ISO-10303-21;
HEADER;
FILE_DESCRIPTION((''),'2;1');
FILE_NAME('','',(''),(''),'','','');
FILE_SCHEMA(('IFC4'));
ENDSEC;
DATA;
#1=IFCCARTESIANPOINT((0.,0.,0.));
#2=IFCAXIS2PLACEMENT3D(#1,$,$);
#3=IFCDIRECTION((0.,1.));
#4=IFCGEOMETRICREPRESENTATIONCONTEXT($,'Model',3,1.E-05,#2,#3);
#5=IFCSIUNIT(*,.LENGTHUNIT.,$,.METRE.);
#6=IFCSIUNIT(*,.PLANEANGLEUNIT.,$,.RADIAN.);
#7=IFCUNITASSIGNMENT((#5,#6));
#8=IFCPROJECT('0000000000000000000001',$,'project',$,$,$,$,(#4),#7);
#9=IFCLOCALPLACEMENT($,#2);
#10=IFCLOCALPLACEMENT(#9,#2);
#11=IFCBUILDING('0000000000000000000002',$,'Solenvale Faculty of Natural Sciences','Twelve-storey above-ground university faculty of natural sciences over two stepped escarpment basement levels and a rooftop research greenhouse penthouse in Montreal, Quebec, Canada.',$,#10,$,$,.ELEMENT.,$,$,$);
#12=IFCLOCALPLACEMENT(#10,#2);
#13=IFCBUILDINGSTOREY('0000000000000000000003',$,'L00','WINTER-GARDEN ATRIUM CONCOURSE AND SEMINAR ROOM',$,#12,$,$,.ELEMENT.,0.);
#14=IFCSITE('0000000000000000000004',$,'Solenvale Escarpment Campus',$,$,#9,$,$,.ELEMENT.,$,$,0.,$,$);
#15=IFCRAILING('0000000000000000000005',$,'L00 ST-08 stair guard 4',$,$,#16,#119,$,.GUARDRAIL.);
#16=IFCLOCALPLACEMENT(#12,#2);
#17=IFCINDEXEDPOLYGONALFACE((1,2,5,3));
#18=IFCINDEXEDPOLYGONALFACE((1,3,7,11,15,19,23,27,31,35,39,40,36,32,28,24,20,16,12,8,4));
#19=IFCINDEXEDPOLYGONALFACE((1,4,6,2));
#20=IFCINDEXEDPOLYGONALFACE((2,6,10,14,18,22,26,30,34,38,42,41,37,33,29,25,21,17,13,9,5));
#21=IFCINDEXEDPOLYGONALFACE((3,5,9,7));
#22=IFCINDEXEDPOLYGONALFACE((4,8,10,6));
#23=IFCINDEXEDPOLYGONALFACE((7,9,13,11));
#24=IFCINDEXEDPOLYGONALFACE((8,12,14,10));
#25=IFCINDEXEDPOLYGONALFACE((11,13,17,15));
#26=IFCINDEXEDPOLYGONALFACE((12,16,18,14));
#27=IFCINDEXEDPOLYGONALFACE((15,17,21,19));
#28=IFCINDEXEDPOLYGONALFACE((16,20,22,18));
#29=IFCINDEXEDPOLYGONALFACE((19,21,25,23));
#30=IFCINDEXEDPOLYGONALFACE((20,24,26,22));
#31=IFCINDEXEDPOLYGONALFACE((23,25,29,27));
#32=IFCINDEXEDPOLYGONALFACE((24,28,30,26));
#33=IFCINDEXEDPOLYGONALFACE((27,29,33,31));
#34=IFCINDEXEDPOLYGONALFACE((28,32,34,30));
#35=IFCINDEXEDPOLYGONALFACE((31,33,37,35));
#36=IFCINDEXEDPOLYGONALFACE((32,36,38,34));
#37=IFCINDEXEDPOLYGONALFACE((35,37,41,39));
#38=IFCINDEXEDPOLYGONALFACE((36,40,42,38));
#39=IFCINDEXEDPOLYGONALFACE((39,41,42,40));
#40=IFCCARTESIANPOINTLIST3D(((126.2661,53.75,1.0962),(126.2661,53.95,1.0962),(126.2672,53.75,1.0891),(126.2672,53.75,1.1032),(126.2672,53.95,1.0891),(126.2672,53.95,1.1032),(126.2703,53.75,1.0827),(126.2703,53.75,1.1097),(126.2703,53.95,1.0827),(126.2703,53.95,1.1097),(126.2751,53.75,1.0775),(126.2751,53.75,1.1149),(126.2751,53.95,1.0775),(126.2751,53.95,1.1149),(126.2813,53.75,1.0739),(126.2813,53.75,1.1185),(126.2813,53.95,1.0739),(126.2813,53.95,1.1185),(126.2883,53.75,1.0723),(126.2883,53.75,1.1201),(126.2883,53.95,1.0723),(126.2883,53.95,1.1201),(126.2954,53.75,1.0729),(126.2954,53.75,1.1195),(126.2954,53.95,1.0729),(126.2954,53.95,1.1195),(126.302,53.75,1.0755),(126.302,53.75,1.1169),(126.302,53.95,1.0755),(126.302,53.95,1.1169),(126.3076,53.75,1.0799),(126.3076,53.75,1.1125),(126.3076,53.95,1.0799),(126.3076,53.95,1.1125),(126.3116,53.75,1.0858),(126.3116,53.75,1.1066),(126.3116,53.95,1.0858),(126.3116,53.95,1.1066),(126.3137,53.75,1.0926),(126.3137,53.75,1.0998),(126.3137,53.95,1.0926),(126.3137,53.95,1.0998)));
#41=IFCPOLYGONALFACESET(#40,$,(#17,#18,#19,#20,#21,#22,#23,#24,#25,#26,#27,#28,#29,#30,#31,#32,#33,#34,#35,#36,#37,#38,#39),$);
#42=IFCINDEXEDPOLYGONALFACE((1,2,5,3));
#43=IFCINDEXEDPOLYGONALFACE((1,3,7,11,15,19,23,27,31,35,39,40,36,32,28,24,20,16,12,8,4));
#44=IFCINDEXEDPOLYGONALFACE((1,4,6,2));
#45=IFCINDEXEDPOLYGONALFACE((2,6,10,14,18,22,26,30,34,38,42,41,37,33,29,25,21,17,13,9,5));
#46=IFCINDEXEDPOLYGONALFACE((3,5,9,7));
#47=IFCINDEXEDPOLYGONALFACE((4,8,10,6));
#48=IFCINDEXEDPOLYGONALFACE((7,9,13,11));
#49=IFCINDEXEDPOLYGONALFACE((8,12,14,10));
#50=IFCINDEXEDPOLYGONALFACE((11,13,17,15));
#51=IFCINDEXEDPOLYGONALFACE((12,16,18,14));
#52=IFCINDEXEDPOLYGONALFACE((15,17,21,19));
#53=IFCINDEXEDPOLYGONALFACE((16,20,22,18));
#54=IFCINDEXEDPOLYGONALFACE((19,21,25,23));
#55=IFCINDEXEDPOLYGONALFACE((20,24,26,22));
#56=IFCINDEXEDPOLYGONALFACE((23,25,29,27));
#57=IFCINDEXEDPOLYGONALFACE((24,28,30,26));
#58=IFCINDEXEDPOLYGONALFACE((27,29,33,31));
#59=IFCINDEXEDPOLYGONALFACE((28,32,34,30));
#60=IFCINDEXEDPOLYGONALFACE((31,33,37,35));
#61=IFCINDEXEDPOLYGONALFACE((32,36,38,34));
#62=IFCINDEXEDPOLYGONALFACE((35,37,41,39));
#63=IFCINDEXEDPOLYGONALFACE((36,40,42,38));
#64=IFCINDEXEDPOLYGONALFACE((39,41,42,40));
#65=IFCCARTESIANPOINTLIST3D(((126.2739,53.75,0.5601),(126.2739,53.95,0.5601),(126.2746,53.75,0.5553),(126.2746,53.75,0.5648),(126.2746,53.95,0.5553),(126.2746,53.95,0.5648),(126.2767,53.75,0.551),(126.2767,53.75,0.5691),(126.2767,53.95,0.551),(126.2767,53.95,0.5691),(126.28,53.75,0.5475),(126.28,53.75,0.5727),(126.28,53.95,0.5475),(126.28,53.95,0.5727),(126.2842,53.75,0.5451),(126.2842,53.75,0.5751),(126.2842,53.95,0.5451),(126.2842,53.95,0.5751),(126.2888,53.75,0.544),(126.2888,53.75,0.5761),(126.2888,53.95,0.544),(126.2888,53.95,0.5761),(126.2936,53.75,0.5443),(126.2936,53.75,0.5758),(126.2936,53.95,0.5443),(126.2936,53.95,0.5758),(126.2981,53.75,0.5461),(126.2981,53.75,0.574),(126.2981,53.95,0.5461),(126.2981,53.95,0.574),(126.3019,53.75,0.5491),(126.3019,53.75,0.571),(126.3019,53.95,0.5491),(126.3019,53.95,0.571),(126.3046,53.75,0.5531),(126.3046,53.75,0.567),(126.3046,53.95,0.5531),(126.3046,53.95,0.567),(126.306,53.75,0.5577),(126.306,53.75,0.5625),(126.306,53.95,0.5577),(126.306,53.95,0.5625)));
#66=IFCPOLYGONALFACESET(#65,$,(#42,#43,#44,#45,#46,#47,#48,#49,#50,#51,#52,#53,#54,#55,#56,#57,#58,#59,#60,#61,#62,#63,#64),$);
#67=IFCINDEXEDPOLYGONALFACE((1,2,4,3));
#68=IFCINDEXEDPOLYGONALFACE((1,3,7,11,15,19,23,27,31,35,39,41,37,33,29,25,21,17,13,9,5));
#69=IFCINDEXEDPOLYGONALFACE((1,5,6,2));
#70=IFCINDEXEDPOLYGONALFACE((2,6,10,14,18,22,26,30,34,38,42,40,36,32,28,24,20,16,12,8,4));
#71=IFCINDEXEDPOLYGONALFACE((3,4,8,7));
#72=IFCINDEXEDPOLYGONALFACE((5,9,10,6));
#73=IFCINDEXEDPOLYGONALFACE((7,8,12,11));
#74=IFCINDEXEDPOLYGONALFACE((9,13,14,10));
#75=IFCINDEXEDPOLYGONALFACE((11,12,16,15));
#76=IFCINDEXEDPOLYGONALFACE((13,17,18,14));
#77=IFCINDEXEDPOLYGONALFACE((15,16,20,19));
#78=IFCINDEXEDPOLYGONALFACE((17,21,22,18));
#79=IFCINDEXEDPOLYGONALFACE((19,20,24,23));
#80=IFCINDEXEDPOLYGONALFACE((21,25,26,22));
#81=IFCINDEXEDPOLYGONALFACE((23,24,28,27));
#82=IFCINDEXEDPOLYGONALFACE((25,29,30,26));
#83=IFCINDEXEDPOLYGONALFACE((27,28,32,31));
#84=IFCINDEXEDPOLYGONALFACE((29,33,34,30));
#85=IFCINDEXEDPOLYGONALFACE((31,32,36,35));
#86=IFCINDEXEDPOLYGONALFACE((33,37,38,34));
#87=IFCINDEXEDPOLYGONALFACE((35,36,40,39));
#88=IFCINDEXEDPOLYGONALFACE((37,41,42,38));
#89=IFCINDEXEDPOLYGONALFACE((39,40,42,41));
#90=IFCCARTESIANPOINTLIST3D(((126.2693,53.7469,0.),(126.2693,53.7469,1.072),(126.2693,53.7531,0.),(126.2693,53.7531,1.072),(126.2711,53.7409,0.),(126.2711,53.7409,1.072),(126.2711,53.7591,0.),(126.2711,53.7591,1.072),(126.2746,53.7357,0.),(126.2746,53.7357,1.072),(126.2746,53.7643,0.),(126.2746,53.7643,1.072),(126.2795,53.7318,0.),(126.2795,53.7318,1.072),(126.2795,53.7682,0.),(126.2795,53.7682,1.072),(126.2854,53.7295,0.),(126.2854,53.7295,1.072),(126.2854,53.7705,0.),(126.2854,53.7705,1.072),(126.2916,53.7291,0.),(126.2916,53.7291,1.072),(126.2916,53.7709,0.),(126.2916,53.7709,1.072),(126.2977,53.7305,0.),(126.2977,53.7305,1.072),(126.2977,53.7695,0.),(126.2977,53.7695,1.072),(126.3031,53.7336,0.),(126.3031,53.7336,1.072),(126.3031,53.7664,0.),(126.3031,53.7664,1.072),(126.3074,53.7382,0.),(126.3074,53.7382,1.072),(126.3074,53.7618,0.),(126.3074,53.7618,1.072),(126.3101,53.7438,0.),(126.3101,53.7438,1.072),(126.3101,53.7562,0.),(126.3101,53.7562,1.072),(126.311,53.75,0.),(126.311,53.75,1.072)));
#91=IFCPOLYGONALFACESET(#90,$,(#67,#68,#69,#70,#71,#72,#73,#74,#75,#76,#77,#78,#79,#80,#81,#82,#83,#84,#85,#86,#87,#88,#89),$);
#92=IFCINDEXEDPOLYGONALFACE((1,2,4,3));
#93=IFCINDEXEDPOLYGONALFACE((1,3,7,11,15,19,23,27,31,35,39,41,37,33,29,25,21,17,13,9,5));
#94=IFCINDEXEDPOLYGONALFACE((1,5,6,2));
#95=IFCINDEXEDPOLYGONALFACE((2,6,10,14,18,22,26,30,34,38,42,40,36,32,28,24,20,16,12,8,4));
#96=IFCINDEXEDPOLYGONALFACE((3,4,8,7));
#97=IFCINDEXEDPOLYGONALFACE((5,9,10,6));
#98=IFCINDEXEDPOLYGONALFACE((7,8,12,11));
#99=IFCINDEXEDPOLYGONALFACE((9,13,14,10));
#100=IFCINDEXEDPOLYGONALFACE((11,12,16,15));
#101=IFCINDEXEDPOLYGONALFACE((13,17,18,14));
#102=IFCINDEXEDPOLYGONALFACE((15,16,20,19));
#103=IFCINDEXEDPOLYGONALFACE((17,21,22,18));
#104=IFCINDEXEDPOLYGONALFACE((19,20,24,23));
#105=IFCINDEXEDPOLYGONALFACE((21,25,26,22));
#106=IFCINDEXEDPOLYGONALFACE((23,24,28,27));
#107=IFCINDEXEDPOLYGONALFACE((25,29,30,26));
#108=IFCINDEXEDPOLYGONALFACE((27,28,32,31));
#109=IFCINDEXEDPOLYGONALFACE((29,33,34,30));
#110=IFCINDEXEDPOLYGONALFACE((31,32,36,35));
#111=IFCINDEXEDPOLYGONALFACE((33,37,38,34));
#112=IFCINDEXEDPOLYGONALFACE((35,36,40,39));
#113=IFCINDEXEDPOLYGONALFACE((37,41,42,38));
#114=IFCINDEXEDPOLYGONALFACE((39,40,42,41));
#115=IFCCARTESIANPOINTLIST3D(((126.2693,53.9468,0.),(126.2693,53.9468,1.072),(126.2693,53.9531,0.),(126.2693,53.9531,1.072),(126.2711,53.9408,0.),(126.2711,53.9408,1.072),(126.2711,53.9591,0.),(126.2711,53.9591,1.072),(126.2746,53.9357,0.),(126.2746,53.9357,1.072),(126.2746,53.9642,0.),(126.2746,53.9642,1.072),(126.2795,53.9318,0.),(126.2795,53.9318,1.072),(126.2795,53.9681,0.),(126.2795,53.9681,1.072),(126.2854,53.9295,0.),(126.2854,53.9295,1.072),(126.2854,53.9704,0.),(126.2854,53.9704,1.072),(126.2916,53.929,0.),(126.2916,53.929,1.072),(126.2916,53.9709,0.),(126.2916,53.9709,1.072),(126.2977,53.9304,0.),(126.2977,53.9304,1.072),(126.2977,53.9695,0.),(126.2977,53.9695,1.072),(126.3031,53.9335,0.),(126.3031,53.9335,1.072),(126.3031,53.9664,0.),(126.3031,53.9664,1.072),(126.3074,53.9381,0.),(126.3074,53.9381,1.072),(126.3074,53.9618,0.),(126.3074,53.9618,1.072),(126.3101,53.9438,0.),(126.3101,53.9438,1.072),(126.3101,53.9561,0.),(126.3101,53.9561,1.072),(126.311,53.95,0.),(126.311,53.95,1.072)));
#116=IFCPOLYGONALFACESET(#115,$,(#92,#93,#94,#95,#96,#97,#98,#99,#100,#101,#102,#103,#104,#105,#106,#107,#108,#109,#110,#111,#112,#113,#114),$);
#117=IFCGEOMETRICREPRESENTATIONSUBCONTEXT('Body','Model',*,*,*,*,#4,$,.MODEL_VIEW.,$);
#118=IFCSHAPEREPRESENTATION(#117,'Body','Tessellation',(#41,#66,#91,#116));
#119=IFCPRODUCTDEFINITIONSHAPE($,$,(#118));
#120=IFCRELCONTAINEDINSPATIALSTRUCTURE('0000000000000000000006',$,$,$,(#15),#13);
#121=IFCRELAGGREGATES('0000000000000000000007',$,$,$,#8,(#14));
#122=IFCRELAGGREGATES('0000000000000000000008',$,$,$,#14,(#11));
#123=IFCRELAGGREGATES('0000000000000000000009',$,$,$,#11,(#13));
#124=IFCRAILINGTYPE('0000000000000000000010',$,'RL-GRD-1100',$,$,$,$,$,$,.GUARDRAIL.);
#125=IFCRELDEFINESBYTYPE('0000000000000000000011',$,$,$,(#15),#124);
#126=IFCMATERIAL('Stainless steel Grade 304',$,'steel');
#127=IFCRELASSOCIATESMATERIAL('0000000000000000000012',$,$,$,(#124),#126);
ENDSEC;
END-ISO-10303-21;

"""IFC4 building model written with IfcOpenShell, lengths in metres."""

from ifc_helpers import new_model, si_unit, direction, frame, origin, origin_2d, place, context, subcontext, project, spatial, circle, extrude, material, type_object, element, save


model = new_model("IFC4")

# Units and contexts
model_context = context("Model", 3, precision=1e-05, world=origin(), true_north=direction((0.0, 1.0)))
body_context = subcontext(model_context, "Body", "Model", "MODEL_VIEW")
ifc_project = project(units=[si_unit("LENGTHUNIT", "METRE"), si_unit("PLANEANGLEUNIT", "RADIAN")], contexts=[model_context])

# Site, building, storey
site_placement = place(None, origin())
site = spatial("IfcSite", under=ifc_project, at=site_placement, Name="Solenvale Escarpment Campus", CompositionType="ELEMENT", RefElevation=0.0)
building_placement = place(site_placement, origin())
building = spatial("IfcBuilding", under=site, at=building_placement, Name="Solenvale Faculty of Natural Sciences", Description="Twelve-storey above-ground university faculty of natural sciences over two stepped escarpment basement levels and a rooftop research greenhouse penthouse in Montreal, Quebec, Canada.", CompositionType="ELEMENT")
storey_placement = place(building_placement, origin())
storey = spatial("IfcBuildingStorey", under=building, at=storey_placement, Name="L00", Description="WINTER-GARDEN ATRIUM CONCOURSE AND SEMINAR ROOM", CompositionType="ELEMENT", Elevation=0.0)

# Railing
ifc_material_1 = material(Name="Stainless steel Grade 304", Category="steel")
railing_type_1 = type_object("IfcRailingType", Name="RL-GRD-1100", PredefinedType="GUARDRAIL", material=ifc_material_1)
railing_1_placement = place(storey_placement, frame((126.29, 53.75, 0.0)))
element("IfcRailing", 1, at=railing_1_placement, inside=storey, type_object=railing_type_1, Name="L00 ST-08 stair guard 4", PredefinedType="GUARDRAIL", context=body_context, shape_type="SweptSolid", body=[
    extrude(circle(Radius=0.0239, at=origin_2d()), frame((0.0, 0.0, 1.0962), z_axis=(0.0, 1.0, 0.0), x_axis=(-1.0, 0.0, 0.0)), (0.0, 0.0, 1.0), 0.2),
    extrude(circle(Radius=0.0161, at=origin_2d()), frame((0.0, 0.0, 0.5601), z_axis=(0.0, 1.0, 0.0), x_axis=(-1.0, 0.0, 0.0)), (0.0, 0.0, 1.0), 0.2),
    extrude(circle(Radius=0.021, at=origin_2d()), origin(), (0.0, 0.0, 1.0), 1.072),
    extrude(circle(Radius=0.021, at=origin_2d()), frame((0.0, 0.2, 0.0)), (0.0, 0.0, 1.0), 1.072),
])

save(model, "model.ifc")
